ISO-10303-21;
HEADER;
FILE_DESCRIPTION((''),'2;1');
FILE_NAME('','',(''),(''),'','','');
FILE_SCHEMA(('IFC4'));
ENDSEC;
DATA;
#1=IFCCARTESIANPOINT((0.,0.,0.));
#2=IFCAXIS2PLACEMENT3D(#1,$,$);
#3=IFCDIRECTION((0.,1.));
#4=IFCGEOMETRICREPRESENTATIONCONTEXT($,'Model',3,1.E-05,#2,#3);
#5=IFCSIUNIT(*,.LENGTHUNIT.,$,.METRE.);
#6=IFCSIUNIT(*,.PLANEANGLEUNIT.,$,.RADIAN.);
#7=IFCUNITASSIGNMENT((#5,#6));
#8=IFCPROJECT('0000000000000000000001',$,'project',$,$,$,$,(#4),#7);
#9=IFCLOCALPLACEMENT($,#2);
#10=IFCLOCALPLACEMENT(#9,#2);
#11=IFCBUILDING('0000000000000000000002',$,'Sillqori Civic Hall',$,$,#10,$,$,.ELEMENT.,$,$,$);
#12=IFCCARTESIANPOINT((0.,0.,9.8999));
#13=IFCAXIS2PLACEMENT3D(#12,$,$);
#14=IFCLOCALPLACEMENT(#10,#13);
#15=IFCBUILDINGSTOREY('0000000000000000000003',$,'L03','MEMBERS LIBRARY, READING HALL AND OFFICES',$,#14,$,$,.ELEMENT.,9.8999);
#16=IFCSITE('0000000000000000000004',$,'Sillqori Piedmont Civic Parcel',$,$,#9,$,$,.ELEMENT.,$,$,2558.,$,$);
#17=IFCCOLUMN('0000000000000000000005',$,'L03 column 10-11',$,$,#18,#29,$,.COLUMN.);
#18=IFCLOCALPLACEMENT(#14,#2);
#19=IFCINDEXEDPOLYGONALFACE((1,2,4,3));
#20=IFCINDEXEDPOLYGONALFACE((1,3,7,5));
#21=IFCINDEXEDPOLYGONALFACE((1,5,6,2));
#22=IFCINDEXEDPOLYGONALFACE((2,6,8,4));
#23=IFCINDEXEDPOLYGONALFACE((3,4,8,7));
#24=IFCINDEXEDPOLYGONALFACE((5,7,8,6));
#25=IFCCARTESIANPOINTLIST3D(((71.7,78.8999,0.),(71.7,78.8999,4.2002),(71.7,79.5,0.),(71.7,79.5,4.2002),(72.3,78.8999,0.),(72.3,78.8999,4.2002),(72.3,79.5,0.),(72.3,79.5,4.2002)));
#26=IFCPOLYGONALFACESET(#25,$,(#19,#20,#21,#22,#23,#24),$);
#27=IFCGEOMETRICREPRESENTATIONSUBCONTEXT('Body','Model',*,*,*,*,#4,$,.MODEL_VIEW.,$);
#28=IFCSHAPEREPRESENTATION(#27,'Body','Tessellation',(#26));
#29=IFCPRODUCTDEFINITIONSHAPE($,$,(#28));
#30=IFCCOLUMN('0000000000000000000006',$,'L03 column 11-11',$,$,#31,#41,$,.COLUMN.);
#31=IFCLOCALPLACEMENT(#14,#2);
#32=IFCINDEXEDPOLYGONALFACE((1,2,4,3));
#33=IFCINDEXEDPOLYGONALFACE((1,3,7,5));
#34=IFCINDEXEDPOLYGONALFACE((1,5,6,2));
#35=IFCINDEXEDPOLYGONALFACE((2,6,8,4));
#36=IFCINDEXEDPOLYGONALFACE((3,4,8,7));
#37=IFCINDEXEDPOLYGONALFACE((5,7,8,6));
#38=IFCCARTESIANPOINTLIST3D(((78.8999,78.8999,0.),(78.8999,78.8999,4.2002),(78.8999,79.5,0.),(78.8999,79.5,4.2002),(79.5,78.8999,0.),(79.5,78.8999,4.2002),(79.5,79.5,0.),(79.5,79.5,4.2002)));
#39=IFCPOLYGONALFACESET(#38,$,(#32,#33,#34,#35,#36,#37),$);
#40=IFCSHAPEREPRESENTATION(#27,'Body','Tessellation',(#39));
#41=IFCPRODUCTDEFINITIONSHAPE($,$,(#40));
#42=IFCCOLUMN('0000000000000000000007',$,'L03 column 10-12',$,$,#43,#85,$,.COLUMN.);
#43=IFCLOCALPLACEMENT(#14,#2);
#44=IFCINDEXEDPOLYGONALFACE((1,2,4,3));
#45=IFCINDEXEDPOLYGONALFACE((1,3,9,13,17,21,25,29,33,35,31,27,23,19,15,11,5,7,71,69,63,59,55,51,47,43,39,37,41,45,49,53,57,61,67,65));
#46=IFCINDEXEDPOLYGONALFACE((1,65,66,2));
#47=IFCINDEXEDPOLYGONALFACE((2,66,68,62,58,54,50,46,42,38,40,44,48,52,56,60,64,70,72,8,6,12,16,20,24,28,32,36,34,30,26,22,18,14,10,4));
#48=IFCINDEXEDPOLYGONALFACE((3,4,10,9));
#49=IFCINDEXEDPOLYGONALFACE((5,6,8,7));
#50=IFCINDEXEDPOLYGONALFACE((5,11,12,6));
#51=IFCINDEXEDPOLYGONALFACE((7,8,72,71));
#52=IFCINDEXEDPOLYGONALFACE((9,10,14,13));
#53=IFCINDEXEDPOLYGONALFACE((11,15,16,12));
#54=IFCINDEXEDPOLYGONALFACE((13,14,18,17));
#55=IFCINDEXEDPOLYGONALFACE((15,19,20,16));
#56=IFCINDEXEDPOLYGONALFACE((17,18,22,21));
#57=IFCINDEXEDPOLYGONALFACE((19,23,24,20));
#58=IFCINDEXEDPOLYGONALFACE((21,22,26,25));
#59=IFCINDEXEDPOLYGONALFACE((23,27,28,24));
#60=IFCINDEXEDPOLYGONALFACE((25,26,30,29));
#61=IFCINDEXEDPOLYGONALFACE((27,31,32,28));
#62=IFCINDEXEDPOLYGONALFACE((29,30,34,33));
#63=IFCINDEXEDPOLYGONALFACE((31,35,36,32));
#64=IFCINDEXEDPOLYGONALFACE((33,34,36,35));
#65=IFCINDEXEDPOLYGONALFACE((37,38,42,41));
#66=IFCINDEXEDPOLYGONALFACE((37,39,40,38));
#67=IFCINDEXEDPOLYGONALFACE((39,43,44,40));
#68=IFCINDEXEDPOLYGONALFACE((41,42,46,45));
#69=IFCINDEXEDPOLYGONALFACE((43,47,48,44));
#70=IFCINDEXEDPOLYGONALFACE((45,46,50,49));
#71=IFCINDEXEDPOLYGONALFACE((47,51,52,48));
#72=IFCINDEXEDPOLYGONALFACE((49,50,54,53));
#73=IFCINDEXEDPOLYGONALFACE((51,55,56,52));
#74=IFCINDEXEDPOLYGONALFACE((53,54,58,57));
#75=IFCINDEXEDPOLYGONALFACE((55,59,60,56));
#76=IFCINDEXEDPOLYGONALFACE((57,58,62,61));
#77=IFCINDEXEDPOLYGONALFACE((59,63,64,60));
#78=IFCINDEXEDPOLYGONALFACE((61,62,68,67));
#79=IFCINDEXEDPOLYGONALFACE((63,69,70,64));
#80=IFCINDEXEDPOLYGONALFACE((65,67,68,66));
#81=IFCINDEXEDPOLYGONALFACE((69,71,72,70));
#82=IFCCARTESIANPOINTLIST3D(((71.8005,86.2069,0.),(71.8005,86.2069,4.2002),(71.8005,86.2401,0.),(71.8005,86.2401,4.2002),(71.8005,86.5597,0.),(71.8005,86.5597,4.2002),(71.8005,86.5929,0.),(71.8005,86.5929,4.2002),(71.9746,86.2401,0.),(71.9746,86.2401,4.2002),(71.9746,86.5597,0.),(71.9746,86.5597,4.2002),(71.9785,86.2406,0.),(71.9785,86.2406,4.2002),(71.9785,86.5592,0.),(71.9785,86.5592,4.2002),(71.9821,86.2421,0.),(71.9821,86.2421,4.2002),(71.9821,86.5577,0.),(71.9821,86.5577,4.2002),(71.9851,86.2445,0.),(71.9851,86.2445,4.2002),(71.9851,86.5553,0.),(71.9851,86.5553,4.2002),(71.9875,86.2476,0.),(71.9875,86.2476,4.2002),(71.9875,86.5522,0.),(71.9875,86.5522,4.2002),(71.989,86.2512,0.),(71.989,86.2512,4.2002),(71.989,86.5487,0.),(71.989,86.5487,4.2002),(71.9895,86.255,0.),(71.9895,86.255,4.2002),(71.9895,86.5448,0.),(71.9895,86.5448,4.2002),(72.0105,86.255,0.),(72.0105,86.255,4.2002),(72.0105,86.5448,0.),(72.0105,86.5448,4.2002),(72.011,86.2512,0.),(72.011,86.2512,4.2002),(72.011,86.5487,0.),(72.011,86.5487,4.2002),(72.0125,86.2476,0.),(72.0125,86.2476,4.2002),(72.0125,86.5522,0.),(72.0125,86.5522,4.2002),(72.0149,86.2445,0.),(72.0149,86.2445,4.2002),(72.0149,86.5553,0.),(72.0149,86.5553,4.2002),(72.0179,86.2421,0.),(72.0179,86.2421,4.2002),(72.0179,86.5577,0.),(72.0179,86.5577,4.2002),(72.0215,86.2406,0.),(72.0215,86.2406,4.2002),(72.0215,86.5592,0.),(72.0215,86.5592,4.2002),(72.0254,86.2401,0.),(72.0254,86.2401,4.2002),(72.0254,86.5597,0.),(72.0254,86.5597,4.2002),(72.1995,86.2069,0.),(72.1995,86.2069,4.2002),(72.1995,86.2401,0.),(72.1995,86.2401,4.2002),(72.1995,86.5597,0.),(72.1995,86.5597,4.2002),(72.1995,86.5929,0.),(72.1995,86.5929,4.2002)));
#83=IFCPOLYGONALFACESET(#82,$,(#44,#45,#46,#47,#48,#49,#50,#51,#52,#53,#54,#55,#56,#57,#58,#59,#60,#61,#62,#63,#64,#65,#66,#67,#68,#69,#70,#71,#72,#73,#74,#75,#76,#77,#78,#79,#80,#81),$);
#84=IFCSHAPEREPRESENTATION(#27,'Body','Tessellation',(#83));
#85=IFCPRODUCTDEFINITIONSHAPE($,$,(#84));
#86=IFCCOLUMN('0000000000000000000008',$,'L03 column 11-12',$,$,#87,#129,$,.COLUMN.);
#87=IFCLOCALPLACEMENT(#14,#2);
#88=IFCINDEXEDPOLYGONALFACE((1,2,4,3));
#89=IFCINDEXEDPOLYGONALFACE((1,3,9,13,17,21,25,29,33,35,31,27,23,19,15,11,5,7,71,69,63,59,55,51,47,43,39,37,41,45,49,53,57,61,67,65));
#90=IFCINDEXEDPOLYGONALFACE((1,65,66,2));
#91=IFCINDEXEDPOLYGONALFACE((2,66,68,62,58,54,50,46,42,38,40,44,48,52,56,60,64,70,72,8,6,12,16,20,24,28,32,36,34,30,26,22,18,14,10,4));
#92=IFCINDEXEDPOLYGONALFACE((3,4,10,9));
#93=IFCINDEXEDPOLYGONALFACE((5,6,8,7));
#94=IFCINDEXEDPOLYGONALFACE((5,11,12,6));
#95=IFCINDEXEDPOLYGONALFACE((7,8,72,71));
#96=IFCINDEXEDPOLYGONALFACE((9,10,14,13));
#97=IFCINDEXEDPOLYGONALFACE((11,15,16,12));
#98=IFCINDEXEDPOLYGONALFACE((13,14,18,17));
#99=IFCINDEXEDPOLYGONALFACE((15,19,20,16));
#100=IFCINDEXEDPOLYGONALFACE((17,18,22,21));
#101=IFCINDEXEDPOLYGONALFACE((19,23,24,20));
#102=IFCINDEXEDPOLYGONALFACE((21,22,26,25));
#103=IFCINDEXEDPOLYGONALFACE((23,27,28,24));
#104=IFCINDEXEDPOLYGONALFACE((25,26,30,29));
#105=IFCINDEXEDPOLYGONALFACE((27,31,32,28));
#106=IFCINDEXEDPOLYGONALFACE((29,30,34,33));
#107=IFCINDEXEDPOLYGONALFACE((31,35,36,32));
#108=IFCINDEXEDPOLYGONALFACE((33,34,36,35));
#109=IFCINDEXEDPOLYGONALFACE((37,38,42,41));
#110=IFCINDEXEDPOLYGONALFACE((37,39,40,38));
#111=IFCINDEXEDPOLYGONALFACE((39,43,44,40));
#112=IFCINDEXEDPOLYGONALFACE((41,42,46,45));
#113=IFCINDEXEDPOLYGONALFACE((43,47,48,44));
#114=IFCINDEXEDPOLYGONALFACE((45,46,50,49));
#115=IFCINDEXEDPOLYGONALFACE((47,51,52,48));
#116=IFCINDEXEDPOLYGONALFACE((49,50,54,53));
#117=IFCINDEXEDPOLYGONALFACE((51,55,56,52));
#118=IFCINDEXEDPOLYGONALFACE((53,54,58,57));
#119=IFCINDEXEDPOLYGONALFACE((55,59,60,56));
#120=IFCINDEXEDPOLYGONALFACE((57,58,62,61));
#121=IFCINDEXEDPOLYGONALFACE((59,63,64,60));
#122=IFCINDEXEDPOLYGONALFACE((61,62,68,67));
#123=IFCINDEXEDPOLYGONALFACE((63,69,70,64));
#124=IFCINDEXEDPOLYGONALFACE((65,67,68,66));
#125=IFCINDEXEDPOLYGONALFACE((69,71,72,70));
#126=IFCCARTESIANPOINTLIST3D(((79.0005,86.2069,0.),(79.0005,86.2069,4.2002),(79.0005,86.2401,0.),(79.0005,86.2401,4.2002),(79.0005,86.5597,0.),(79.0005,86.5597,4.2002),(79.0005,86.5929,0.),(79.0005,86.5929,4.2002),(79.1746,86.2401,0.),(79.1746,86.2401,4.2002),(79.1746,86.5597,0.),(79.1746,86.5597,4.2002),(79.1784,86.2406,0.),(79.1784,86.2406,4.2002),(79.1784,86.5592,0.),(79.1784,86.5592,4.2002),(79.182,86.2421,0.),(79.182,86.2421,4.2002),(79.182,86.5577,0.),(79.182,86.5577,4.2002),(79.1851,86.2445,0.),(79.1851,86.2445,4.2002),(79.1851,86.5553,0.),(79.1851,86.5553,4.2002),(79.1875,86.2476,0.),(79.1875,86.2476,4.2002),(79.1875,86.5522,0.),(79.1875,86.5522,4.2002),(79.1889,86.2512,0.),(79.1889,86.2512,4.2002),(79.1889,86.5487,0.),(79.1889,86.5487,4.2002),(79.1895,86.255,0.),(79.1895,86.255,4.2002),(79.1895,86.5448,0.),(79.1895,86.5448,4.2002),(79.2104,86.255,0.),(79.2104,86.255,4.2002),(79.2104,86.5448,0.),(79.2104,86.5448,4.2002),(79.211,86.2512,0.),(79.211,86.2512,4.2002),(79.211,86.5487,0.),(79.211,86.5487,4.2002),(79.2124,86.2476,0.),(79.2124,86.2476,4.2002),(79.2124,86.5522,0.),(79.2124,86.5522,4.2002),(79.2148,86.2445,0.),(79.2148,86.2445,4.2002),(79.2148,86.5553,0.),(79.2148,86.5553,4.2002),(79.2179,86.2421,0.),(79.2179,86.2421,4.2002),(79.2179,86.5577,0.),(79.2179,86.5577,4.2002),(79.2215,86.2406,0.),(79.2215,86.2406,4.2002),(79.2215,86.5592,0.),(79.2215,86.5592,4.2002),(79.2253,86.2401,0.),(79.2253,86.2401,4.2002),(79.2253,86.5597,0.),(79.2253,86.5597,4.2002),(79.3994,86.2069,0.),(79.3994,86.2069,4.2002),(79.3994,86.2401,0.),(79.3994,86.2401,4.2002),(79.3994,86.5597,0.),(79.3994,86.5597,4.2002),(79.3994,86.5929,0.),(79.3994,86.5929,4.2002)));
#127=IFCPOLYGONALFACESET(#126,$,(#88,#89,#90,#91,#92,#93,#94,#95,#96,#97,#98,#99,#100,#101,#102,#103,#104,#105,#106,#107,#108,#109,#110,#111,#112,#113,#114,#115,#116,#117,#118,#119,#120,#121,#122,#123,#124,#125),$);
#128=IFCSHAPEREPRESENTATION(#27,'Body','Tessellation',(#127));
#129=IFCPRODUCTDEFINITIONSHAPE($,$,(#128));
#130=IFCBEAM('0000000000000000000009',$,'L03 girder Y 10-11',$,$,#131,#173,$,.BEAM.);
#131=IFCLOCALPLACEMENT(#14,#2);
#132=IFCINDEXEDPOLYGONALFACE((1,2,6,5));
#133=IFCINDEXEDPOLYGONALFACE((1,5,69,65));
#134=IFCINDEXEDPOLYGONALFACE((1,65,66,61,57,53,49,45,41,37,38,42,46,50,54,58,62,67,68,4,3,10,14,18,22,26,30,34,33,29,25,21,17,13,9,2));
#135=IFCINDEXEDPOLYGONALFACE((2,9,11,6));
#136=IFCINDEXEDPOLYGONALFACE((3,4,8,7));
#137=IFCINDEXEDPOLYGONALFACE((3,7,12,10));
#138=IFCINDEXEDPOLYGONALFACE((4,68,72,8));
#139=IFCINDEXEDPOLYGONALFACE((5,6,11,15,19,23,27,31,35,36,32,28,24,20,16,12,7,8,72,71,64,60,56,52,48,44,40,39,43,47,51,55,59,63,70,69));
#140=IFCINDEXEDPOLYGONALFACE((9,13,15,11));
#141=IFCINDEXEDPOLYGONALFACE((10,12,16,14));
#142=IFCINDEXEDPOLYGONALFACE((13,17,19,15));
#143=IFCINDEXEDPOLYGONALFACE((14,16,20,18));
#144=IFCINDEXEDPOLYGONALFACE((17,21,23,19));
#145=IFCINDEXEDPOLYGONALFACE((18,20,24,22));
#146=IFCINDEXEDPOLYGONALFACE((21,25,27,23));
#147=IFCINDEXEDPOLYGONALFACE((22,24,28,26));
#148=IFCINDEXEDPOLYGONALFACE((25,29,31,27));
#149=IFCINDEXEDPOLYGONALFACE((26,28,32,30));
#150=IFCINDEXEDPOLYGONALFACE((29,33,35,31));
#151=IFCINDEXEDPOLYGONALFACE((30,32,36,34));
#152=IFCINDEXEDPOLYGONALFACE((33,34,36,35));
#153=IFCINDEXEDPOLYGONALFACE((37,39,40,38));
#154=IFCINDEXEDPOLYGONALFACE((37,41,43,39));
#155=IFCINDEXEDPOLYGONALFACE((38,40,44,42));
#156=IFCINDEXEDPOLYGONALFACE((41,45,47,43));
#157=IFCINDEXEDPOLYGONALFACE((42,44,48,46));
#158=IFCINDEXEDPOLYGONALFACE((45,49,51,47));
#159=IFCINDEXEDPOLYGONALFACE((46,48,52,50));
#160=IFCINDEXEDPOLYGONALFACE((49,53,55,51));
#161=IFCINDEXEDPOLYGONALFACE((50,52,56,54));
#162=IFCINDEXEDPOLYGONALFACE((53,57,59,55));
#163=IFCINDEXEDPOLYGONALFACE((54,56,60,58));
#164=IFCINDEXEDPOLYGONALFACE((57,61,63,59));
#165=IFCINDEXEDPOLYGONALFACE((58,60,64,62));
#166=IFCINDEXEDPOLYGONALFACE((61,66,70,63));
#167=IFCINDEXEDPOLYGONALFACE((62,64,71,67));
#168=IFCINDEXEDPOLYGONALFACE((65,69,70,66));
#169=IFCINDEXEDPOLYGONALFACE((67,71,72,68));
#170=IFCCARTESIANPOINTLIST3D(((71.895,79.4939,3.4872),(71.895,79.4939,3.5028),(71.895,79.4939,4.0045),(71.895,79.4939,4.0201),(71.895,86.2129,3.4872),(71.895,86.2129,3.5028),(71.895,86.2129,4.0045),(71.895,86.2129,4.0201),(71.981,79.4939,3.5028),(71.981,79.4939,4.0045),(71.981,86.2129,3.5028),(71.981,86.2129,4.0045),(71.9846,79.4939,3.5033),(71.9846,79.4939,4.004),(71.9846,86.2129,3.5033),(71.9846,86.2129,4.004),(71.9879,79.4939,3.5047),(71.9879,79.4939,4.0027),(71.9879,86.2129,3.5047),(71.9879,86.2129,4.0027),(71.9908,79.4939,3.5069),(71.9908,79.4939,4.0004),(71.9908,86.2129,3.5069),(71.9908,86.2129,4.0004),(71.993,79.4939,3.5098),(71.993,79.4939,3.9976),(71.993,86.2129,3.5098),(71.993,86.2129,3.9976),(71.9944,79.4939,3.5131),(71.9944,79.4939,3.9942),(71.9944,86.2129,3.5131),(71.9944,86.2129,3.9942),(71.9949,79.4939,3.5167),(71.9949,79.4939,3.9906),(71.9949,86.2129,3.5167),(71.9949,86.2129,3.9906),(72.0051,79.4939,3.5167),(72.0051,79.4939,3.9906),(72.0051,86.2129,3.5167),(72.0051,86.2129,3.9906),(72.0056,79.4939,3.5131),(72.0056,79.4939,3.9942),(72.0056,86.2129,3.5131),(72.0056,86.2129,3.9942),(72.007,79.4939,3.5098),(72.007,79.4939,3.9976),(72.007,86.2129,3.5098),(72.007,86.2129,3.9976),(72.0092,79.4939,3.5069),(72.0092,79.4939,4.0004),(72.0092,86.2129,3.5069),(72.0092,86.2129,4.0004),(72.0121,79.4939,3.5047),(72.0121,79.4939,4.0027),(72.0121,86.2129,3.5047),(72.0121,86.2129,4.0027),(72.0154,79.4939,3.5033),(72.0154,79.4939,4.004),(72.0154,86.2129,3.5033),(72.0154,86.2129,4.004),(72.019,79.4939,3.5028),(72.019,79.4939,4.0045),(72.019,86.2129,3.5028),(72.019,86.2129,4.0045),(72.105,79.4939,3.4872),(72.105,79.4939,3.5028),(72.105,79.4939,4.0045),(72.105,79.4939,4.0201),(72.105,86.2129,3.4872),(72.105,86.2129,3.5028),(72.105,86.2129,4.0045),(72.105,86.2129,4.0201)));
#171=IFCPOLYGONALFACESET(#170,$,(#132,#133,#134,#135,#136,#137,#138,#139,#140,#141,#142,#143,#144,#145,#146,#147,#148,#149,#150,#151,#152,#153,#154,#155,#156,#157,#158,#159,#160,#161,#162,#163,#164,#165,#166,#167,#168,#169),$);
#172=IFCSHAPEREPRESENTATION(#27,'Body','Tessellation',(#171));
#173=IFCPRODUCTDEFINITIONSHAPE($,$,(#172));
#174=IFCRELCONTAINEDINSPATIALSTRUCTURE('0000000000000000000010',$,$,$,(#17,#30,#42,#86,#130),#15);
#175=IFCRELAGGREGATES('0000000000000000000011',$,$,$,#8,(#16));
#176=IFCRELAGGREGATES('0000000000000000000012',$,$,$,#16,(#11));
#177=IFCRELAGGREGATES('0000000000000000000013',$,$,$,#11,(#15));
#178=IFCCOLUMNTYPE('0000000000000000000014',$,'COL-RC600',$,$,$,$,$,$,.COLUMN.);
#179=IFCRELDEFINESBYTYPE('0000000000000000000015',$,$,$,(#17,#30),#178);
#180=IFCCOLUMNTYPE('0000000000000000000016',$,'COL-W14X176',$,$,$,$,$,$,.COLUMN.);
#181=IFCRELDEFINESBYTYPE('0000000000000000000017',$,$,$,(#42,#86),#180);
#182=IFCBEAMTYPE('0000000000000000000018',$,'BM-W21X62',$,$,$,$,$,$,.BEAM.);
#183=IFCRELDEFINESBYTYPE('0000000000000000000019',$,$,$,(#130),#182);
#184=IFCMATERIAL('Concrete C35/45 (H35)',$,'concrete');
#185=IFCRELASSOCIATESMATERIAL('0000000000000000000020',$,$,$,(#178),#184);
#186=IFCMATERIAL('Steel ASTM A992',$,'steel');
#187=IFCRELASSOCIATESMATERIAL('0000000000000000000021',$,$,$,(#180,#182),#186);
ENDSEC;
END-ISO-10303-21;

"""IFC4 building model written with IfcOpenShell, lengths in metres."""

from ifc_helpers import new_model, si_unit, direction, frame, origin, origin_2d, place, context, subcontext, project, spatial, rectangle, i_section, extrude, material, material_profile, profile_set, type_object, element, save


model = new_model("IFC4")

# Units and contexts
model_context = context("Model", 3, precision=1e-05, world=origin(), true_north=direction((0.0, 1.0)))
body_context = subcontext(model_context, "Body", "Model", "MODEL_VIEW")
ifc_project = project(units=[si_unit("LENGTHUNIT", "METRE"), si_unit("PLANEANGLEUNIT", "RADIAN")], contexts=[model_context])

# Site, building, storey
site_placement = place(None, origin())
site = spatial("IfcSite", under=ifc_project, at=site_placement, Name="Sillqori Piedmont Civic Parcel", CompositionType="ELEMENT", RefElevation=2558.0)
building_placement = place(site_placement, origin())
building = spatial("IfcBuilding", under=site, at=building_placement, Name="Sillqori Civic Hall", CompositionType="ELEMENT")
storey_placement = place(building_placement, frame((0.0, 0.0, 9.8999)))
storey = spatial("IfcBuildingStorey", under=building, at=storey_placement, Name="L03", Description="MEMBERS LIBRARY, READING HALL AND OFFICES", CompositionType="ELEMENT", Elevation=9.8999)

# Columns
ifc_material_1 = material(Name="Concrete C35/45 (H35)", Category="concrete")
ifc_material_profile_1 = material_profile(ifc_material_1, rectangle(XDim=0.6001, YDim=0.6001, at=origin_2d()), Name="RC 600x600")
ifc_profile_set_1 = profile_set([ifc_material_profile_1], Name="Concrete C35/45 (H35)")
column_type_1 = type_object("IfcColumnType", Name="COL-RC600", PredefinedType="COLUMN", material=ifc_profile_set_1)
for number, where, z_axis, x_axis, name in (
    (1, (72.0, 79.2, 0.0), (0.0, 0.0, 1.0), (1.0, 0.0, 0.0), "L03 column 10-11"),
    (2, (79.2, 79.2, 0.0), (0.0, 0.0, 1.0), (1.0, 0.0, 0.0), "L03 column 11-11"),
):
    element("IfcColumn", number, at=place(storey_placement, frame(where, z_axis=z_axis, x_axis=x_axis)), inside=storey, type_object=column_type_1, Name=name, PredefinedType="COLUMN", context=body_context, shape_type="SweptSolid", body=[
        extrude(rectangle(XDim=0.6001, YDim=0.6001, at=origin_2d()), origin(), (0.0, 0.0, 1.0), 4.2002),
    ])
ifc_material_2 = material(Name="Steel ASTM A992", Category="steel")
ifc_material_profile_2 = material_profile(ifc_material_2, i_section(OverallWidth=0.3989, OverallDepth=0.386, WebThickness=0.021, FlangeThickness=0.0332, FilletRadius=0.0149, at=origin_2d()), Name="W14X176")
ifc_profile_set_2 = profile_set([ifc_material_profile_2], Name="Steel ASTM A992")
column_type_2 = type_object("IfcColumnType", Name="COL-W14X176", PredefinedType="COLUMN", material=ifc_profile_set_2)
for number, where, z_axis, x_axis, name in (
    (3, (72.0, 86.3999, 0.0), (0.0, 0.0, 1.0), (1.0, 0.0, 0.0), "L03 column 10-12"),
    (4, (79.2, 86.3999, 0.0), (0.0, 0.0, 1.0), (1.0, 0.0, 0.0), "L03 column 11-12"),
):
    element("IfcColumn", number, at=place(storey_placement, frame(where, z_axis=z_axis, x_axis=x_axis)), inside=storey, type_object=column_type_2, Name=name, PredefinedType="COLUMN", context=body_context, shape_type="SweptSolid", body=[
        extrude(i_section(OverallWidth=0.3989, OverallDepth=0.386, WebThickness=0.021, FlangeThickness=0.0332, FilletRadius=0.0149, at=origin_2d()), origin(), (0.0, 0.0, 1.0), 4.2002),
    ])

# Beam
ifc_material_profile_3 = material_profile(ifc_material_2, i_section(OverallWidth=0.21, OverallDepth=0.533, WebThickness=0.0103, FlangeThickness=0.0156, FilletRadius=0.0139, at=origin_2d()), Name="W21X62")
ifc_profile_set_3 = profile_set([ifc_material_profile_3], Name="Steel ASTM A992")
beam_type_1 = type_object("IfcBeamType", Name="BM-W21X62", PredefinedType="BEAM", material=ifc_profile_set_3)
for number, where, z_axis, x_axis, name in (
    (5, (72.0, 79.4939, 3.7537), (0.0, 1.0, 0.0), (-1.0, 0.0, 0.0), "L03 girder Y 10-11"),
):
    element("IfcBeam", number, at=place(storey_placement, frame(where, z_axis=z_axis, x_axis=x_axis)), inside=storey, type_object=beam_type_1, Name=name, PredefinedType="BEAM", context=body_context, shape_type="SweptSolid", body=[
        extrude(i_section(OverallWidth=0.21, OverallDepth=0.533, WebThickness=0.0103, FlangeThickness=0.0156, FilletRadius=0.0139, at=origin_2d()), origin(), (0.0, 0.0, 1.0), 6.719),
    ])

save(model, "model.ifc")
